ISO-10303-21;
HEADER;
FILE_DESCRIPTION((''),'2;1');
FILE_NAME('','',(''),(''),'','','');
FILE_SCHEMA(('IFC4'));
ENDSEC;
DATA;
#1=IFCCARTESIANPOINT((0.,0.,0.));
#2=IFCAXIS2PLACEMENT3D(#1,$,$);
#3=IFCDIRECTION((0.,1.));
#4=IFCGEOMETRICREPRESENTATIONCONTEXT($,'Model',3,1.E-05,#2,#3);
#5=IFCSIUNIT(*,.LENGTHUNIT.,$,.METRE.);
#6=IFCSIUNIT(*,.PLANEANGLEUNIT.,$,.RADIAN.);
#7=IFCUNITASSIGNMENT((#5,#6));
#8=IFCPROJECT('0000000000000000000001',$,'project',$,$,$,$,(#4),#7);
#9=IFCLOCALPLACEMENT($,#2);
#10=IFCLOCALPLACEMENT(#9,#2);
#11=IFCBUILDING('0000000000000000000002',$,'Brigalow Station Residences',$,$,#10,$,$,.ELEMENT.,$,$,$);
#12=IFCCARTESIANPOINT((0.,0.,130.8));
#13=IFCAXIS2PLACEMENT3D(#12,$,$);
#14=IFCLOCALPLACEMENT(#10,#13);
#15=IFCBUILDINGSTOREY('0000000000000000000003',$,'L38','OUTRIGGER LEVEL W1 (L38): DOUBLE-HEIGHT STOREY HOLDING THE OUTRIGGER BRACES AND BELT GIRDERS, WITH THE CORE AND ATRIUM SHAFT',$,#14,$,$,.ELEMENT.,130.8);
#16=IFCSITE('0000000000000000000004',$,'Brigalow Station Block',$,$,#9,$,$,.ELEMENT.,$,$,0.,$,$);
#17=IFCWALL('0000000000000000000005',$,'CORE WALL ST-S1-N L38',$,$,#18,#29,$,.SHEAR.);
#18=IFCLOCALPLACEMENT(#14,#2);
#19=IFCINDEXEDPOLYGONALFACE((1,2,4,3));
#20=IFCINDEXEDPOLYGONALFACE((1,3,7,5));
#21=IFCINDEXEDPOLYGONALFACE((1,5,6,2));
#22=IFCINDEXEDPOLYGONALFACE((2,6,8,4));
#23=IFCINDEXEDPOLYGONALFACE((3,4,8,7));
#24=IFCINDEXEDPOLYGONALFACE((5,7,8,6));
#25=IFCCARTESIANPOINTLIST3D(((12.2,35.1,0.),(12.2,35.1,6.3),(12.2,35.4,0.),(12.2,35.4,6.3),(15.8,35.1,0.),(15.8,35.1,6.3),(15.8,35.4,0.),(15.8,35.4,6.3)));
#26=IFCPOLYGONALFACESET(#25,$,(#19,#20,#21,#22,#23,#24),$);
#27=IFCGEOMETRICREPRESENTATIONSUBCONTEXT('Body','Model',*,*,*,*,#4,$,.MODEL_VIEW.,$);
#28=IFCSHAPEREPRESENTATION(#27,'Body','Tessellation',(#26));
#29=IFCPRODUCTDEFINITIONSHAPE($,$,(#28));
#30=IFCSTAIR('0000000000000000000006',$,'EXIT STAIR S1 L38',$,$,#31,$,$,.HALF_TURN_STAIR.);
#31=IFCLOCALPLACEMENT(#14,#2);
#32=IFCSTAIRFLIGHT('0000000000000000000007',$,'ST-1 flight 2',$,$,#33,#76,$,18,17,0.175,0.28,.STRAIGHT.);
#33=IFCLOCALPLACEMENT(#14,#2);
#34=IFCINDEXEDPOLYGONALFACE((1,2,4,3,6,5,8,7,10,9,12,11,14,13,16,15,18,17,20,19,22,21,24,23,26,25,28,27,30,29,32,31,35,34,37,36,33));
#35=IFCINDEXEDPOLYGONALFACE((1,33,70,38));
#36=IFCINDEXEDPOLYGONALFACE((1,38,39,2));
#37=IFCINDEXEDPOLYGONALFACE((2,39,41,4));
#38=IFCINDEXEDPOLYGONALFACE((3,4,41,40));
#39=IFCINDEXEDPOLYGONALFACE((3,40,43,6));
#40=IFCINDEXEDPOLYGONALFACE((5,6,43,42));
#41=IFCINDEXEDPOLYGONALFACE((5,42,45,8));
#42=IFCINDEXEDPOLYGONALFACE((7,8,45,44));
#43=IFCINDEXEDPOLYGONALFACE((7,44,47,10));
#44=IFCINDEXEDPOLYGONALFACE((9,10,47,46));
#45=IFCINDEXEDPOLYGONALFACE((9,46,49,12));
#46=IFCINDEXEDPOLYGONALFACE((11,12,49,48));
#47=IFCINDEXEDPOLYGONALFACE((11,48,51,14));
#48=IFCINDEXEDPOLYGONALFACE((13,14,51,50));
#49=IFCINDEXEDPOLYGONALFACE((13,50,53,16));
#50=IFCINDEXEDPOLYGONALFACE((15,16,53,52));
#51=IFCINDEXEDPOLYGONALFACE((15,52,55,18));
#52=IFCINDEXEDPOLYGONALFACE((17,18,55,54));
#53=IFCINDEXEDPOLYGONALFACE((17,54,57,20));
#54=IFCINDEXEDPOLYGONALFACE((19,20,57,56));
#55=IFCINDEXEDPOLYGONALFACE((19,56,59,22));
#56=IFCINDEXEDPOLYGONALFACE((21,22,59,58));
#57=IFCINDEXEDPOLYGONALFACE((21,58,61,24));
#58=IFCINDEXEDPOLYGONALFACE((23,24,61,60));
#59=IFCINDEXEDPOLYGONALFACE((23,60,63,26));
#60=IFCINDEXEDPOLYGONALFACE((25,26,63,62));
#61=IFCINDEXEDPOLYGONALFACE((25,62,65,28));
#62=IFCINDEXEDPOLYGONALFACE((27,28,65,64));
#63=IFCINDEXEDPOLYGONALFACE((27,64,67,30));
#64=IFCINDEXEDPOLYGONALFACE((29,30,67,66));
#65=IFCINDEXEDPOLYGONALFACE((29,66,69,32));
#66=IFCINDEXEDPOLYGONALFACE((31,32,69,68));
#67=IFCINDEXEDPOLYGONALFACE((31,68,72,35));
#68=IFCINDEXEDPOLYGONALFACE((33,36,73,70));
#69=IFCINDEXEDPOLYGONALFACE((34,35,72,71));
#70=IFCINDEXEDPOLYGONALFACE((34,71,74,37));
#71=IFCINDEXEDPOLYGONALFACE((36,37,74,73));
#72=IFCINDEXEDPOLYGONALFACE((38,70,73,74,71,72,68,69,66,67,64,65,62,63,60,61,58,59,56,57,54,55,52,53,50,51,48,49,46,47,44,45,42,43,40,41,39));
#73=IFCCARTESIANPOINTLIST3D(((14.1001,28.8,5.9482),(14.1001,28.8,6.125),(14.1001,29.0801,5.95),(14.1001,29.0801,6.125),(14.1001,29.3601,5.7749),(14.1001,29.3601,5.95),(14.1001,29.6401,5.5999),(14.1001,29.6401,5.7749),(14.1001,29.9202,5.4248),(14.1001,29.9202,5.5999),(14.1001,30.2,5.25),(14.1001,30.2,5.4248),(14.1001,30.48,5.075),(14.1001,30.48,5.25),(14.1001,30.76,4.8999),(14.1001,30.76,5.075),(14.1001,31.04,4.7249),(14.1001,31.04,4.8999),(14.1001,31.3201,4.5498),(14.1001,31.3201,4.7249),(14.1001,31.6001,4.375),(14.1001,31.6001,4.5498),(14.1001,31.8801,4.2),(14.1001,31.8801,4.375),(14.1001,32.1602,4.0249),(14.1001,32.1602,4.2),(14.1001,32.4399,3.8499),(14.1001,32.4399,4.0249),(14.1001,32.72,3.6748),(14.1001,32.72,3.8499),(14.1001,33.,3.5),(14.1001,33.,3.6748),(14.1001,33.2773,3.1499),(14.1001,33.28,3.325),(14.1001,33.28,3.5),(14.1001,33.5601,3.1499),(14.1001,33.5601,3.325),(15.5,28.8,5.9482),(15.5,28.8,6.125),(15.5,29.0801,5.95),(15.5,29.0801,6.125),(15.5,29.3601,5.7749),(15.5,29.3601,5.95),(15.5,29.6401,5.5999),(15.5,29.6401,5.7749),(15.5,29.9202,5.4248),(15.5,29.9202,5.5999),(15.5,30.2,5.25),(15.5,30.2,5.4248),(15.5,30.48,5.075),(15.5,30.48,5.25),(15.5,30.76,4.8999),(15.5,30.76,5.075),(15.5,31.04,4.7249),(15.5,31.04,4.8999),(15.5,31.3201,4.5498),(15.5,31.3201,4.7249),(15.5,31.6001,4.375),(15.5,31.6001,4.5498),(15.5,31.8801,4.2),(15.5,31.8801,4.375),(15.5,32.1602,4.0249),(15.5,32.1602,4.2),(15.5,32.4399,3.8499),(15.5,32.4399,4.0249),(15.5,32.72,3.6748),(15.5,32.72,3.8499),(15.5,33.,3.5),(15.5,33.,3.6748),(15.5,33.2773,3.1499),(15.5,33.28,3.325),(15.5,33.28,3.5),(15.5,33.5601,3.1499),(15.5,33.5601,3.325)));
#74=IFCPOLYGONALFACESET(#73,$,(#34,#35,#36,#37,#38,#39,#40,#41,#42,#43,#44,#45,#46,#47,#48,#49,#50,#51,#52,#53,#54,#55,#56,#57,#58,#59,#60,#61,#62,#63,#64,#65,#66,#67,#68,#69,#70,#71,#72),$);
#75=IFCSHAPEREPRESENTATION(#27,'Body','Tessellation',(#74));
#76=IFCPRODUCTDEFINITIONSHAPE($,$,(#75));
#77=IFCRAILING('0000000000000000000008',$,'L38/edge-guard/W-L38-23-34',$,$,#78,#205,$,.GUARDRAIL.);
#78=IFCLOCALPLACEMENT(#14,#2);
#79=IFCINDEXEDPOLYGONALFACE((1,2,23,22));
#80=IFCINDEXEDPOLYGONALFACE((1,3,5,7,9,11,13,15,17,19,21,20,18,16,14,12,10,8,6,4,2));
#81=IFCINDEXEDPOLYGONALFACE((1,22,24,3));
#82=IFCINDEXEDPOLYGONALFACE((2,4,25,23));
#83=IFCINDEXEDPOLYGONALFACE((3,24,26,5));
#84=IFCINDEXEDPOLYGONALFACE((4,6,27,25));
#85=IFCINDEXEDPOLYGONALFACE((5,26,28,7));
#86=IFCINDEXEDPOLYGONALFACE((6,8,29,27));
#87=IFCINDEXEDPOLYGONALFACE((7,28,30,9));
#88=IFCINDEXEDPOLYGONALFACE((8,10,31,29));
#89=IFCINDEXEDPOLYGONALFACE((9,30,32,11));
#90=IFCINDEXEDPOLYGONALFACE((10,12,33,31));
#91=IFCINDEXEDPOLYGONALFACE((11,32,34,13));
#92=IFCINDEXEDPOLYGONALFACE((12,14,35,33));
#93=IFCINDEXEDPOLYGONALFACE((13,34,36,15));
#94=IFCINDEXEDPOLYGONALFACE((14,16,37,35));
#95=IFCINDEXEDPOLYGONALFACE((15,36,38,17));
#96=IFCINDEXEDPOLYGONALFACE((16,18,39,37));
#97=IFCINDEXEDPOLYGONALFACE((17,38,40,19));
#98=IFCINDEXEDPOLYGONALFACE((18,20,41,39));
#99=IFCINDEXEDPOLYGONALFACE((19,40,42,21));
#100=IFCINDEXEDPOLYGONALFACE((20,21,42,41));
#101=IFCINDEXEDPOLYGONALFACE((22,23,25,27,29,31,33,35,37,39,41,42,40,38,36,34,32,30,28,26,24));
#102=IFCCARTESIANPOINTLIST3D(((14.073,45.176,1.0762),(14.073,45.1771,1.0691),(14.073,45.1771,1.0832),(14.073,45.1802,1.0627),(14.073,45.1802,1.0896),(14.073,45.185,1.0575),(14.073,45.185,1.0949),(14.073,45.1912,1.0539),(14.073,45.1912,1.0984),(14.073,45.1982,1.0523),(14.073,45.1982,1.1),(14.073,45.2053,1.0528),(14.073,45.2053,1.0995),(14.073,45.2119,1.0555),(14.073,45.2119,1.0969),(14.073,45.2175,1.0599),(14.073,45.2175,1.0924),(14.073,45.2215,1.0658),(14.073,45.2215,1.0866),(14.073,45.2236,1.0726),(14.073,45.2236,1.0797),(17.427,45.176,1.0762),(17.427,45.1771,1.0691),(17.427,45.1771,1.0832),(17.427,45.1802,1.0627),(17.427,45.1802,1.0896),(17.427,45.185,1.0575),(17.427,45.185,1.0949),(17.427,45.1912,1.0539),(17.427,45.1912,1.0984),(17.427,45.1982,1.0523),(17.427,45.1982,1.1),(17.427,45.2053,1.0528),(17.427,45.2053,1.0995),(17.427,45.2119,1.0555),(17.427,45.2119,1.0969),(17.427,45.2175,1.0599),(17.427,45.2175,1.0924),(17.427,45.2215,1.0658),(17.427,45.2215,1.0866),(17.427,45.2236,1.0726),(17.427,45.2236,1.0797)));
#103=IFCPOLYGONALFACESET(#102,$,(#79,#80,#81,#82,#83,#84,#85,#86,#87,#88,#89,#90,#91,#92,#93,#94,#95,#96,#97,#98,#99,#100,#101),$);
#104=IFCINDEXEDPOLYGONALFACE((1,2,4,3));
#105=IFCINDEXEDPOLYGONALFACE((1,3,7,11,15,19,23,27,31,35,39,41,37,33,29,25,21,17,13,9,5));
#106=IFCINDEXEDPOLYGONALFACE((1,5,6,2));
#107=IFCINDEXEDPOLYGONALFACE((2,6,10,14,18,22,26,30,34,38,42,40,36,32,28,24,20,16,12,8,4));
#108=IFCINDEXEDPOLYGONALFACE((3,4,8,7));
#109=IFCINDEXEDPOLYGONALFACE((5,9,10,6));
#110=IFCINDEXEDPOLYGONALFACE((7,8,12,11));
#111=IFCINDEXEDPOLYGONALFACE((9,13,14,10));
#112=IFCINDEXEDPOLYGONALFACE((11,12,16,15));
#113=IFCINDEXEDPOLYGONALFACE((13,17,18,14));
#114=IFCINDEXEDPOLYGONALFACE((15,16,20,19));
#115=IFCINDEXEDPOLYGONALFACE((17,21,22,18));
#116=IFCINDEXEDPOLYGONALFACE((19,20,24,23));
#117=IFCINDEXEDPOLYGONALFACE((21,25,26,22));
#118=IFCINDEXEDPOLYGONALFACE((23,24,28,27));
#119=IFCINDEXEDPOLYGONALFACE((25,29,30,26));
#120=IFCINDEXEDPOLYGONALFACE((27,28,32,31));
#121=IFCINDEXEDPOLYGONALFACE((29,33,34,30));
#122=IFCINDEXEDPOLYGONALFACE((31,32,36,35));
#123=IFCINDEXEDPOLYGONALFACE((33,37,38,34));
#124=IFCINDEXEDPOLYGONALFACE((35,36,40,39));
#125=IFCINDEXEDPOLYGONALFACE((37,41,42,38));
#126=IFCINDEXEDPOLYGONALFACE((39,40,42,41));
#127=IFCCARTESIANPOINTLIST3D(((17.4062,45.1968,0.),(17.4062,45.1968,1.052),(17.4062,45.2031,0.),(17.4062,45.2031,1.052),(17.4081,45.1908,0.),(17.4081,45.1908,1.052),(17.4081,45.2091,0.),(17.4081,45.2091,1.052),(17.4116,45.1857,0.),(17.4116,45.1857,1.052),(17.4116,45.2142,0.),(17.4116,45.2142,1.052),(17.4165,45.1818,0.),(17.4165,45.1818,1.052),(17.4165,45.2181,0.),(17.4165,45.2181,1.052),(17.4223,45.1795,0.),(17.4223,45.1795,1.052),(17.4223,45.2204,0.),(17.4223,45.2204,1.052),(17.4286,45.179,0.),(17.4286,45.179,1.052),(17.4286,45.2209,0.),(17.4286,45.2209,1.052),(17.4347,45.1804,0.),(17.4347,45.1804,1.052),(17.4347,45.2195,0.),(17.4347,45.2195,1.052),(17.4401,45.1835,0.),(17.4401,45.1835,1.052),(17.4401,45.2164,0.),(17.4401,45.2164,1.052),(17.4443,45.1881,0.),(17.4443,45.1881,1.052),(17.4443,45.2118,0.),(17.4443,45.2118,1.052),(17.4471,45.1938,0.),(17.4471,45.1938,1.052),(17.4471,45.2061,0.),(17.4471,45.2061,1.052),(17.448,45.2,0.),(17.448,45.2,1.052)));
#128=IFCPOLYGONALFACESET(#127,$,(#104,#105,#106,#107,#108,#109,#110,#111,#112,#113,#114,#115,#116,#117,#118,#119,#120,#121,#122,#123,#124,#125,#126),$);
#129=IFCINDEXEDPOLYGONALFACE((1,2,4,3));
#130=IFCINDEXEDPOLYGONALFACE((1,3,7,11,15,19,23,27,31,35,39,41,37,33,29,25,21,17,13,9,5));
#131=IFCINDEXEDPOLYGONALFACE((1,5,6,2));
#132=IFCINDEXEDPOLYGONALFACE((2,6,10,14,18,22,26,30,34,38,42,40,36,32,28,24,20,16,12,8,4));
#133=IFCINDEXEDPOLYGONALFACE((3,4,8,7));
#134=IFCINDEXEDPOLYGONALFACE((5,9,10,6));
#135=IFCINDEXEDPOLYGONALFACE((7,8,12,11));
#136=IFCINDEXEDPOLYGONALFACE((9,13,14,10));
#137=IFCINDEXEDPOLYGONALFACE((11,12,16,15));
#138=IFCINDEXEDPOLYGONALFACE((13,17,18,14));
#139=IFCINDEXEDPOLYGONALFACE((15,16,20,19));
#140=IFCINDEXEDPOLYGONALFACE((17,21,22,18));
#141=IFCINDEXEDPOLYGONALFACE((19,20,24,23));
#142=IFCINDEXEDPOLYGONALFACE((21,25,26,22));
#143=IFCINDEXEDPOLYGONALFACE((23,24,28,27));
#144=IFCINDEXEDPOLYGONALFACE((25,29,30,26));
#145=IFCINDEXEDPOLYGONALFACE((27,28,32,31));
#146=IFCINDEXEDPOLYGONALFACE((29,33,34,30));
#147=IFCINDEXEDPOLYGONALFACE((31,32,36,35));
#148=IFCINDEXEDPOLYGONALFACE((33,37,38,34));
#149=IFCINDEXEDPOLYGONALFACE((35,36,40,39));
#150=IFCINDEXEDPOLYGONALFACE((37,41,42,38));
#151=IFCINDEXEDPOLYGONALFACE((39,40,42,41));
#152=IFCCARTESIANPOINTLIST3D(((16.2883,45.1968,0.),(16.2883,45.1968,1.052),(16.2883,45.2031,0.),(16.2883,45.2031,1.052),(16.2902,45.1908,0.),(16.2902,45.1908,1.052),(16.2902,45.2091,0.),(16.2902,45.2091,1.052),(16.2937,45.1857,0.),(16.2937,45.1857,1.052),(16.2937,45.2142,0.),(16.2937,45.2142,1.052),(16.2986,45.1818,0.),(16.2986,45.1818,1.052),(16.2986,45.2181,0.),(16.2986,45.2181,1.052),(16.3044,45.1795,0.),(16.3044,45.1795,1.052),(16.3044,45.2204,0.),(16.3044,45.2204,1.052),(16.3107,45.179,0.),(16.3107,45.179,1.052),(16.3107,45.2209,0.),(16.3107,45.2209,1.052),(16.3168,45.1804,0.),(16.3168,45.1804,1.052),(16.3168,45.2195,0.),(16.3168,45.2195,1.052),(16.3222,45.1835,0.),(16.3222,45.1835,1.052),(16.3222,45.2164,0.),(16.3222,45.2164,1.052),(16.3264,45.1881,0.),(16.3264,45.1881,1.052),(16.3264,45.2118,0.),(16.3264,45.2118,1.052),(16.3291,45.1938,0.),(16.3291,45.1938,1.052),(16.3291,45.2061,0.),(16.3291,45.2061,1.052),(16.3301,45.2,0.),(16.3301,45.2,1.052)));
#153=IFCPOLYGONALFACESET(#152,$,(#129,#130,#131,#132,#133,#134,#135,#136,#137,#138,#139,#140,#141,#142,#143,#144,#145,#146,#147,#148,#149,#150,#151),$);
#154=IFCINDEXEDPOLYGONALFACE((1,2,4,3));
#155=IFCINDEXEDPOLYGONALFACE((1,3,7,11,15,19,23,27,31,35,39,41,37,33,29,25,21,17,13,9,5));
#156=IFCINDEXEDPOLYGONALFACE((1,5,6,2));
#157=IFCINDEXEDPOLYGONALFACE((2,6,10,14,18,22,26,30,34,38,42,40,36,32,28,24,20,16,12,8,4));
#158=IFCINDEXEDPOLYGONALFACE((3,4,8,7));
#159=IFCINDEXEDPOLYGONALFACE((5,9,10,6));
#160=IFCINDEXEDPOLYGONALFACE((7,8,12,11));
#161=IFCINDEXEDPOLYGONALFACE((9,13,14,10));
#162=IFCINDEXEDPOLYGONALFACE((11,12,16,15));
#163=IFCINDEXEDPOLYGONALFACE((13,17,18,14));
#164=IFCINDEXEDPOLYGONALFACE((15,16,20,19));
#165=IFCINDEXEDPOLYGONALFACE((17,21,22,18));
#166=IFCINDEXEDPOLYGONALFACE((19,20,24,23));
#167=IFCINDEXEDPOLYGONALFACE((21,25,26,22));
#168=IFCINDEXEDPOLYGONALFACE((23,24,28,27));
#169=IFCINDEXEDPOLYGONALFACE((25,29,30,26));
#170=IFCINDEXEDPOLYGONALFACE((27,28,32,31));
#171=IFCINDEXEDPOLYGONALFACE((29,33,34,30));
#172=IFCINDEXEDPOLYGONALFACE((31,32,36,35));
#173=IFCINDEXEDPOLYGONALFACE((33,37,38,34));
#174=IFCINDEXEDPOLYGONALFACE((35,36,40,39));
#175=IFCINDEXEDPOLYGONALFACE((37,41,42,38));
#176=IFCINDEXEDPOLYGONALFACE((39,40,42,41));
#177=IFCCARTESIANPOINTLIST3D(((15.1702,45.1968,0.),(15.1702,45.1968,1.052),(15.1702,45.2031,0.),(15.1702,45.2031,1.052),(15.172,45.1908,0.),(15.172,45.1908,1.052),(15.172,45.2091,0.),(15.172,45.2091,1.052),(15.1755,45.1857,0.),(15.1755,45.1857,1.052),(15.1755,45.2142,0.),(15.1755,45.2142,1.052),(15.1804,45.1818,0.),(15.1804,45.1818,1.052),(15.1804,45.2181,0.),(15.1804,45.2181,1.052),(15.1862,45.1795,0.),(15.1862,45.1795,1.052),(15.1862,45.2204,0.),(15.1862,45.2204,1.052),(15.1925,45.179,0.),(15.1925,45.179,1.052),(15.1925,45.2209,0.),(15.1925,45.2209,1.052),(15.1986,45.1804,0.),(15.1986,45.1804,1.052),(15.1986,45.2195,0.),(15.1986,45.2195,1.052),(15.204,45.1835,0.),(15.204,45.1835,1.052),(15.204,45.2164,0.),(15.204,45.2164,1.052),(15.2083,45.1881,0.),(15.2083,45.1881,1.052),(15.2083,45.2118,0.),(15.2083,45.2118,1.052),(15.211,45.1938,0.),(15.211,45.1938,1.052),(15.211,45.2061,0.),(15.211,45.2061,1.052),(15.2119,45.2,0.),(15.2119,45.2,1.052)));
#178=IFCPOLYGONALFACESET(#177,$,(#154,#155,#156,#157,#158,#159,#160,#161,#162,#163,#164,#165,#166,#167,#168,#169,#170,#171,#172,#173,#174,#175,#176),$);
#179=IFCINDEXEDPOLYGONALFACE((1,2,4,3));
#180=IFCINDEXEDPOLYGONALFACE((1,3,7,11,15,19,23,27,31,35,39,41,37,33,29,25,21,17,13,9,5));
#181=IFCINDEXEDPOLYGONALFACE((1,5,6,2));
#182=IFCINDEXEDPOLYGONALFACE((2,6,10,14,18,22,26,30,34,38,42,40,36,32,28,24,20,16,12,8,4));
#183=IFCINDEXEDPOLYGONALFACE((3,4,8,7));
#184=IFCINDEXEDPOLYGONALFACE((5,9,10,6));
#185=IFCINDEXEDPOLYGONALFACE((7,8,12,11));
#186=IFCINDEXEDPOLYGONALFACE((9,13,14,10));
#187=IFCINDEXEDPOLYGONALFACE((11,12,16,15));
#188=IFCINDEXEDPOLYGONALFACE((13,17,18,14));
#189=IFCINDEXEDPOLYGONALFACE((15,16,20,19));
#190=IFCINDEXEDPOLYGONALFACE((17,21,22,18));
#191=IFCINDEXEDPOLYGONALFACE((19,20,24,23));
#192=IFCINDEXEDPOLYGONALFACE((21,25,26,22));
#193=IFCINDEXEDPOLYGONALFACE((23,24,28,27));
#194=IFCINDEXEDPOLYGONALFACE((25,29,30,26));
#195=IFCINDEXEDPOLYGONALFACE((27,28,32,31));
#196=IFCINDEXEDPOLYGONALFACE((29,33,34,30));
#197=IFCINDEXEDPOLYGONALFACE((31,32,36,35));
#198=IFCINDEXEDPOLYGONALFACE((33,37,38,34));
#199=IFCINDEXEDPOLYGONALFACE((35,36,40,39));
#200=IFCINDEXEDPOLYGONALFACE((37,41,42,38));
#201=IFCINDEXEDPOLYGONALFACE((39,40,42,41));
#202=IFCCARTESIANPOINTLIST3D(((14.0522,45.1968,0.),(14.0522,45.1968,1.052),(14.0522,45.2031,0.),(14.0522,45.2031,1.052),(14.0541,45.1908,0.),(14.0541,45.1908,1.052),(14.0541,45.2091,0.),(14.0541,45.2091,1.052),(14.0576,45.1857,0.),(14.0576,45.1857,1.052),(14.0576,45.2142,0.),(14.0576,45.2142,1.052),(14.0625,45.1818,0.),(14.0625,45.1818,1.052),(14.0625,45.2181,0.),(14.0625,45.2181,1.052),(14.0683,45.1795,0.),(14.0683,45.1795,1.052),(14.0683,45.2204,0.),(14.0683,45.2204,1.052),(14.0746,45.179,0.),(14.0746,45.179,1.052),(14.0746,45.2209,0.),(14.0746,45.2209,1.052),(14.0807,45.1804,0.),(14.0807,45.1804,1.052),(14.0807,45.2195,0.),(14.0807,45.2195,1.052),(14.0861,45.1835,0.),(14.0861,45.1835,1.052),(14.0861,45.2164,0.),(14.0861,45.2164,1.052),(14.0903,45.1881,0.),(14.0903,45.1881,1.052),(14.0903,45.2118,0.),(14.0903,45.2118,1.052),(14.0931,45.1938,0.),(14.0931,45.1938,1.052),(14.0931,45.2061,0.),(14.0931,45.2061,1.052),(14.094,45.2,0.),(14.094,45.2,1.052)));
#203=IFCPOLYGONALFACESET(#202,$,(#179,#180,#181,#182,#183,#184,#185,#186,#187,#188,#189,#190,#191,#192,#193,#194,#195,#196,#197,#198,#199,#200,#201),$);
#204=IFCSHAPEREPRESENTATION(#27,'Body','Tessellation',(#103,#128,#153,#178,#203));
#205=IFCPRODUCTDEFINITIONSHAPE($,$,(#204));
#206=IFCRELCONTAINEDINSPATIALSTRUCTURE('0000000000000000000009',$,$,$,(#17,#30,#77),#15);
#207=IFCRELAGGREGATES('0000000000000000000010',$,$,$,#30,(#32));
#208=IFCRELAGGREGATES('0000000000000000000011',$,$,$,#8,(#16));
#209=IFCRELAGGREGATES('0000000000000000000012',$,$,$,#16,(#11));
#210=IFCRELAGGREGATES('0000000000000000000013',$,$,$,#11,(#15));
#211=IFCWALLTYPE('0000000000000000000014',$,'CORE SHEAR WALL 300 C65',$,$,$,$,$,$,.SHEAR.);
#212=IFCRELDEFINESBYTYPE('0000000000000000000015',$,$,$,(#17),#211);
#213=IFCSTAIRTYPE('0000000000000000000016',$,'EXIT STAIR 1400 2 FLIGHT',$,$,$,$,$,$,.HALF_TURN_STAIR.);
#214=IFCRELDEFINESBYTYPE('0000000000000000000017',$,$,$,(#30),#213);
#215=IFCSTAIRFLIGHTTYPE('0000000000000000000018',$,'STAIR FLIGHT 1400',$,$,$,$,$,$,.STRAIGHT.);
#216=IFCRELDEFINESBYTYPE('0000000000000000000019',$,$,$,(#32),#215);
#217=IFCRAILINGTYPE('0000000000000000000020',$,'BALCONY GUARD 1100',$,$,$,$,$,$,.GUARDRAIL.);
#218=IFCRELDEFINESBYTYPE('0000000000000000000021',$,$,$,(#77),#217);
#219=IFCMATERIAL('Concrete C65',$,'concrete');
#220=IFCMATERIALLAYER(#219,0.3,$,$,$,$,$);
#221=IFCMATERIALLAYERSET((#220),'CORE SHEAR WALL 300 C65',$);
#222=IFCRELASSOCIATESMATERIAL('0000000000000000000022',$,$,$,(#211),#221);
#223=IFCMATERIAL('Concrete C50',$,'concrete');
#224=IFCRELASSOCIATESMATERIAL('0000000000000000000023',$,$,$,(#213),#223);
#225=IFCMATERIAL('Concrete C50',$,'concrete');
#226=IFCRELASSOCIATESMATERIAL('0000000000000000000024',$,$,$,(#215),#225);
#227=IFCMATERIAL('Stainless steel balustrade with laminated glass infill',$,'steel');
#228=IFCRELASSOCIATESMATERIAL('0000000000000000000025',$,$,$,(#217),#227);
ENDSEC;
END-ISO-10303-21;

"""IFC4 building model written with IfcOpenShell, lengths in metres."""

from ifc_helpers import new_model, si_unit, direction, frame, frame_2d, origin, origin_2d, place, context, subcontext, project, spatial, polyline, rectangle, circle, outline, extrude, material, layer, layer_set, type_object, element, aggregate, save


model = new_model("IFC4")

# Units and contexts
model_context = context("Model", 3, precision=1e-05, world=origin(), true_north=direction((0.0, 1.0)))
body_context = subcontext(model_context, "Body", "Model", "MODEL_VIEW")
ifc_project = project(units=[si_unit("LENGTHUNIT", "METRE"), si_unit("PLANEANGLEUNIT", "RADIAN")], contexts=[model_context])

# Site, building, storey
site_placement = place(None, origin())
site = spatial("IfcSite", under=ifc_project, at=site_placement, Name="Brigalow Station Block", CompositionType="ELEMENT", RefElevation=0.0)
building_placement = place(site_placement, origin())
building = spatial("IfcBuilding", under=site, at=building_placement, Name="Brigalow Station Residences", CompositionType="ELEMENT")
storey_placement = place(building_placement, frame((0.0, 0.0, 130.8)))
storey = spatial("IfcBuildingStorey", under=building, at=storey_placement, Name="L38", Description="OUTRIGGER LEVEL W1 (L38): DOUBLE-HEIGHT STOREY HOLDING THE OUTRIGGER BRACES AND BELT GIRDERS, WITH THE CORE AND ATRIUM SHAFT", CompositionType="ELEMENT", Elevation=130.8)

# Wall
ifc_material_1 = material(Name="Concrete C65", Category="concrete")
ifc_layer = layer(ifc_material_1, 0.3)
ifc_layer_set = layer_set([ifc_layer], Name="CORE SHEAR WALL 300 C65")
wall_type = type_object("IfcWallType", Name="CORE SHEAR WALL 300 C65", PredefinedType="SHEAR", material=ifc_layer_set)
wall_placement = place(storey_placement, frame((12.2, 35.25, 0.0), z_axis=(0.0, 0.0, 1.0), x_axis=(1.0, 0.0, 0.0)))
element("IfcWall", 1, at=wall_placement, inside=storey, type_object=wall_type, Name="CORE WALL ST-S1-N L38", PredefinedType="SHEAR", context=body_context, shape_type="SweptSolid", body=[
    extrude(rectangle(XDim=3.6001, YDim=0.3, at=frame_2d((1.8, 0.0))), origin(), (0.0, 0.0, 1.0), 6.3),
])

# Stair, stair flight
ifc_material_2 = material(Name="Concrete C50", Category="concrete")
stair_type = type_object("IfcStairType", Name="EXIT STAIR 1400 2 FLIGHT", PredefinedType="HALF_TURN_STAIR", material=ifc_material_2)
stair_placement = place(storey_placement, origin())
stair = element("IfcStair", 2, at=stair_placement, inside=storey, type_object=stair_type, Name="EXIT STAIR S1 L38", PredefinedType="HALF_TURN_STAIR")
ifc_material_3 = material(Name="Concrete C50", Category="concrete")
stair_flight_type = type_object("IfcStairFlightType", Name="STAIR FLIGHT 1400", PredefinedType="STRAIGHT", material=ifc_material_3)
stair_flight_placement = place(storey_placement, frame((14.8, 33.5601, 3.1499), z_axis=(0.0, 0.0, 1.0), x_axis=(0.0, -1.0, 0.0)))
stair_flight = element("IfcStairFlight", 3, at=stair_flight_placement, type_object=stair_flight_type, Name="ST-1 flight 2", NumberOfRisers=18, NumberOfTreads=17, PredefinedType="STRAIGHT", RiserHeight=0.175, TreadLength=0.28, context=body_context, shape_type="SweptSolid", body=[
    extrude(outline(polyline([(0.0, 0.0), (0.0, 0.175), (0.28, 0.175), (0.28, 0.3501), (0.5601, 0.3501), (0.5601, 0.5249), (0.8401, 0.5249), (0.8401, 0.7), (1.1201, 0.7), (1.1201, 0.875), (1.3999, 0.875), (1.3999, 1.05), (1.6799, 1.05), (1.6799, 1.2251), (1.96, 1.2251), (1.96, 1.3999), (2.24, 1.3999), (2.24, 1.575), (2.52, 1.575), (2.52, 1.75), (2.8, 1.75), (2.8, 1.925), (3.0801, 1.925), (3.0801, 2.1001), (3.3601, 2.1001), (3.3601, 2.2749), (3.6399, 2.2749), (3.6399, 2.45), (3.9199, 2.45), (3.9199, 2.625), (4.2, 2.625), (4.2, 2.8), (4.48, 2.8), (4.48, 2.9751), (4.76, 2.9751), (4.76, 3.1499), (4.76, 2.7983), (0.2827, 0.0), (0.0, 0.0)])), frame((0.0, 0.7, 0.0), z_axis=(0.0, -1.0, 0.0), x_axis=(1.0, 0.0, 0.0)), (0.0, 0.0, 1.0), 1.3999),
])
aggregate(stair, [stair_flight])

# Railing
ifc_material_4 = material(Name="Stainless steel balustrade with laminated glass infill", Category="steel")
railing_type_1 = type_object("IfcRailingType", Name="BALCONY GUARD 1100", PredefinedType="GUARDRAIL", material=ifc_material_4)
railing_1_placement = place(storey_placement, frame((17.427, 45.2, 0.0)))
element("IfcRailing", 4, at=railing_1_placement, inside=storey, type_object=railing_type_1, Name="L38/edge-guard/W-L38-23-34", PredefinedType="GUARDRAIL", context=body_context, shape_type="SweptSolid", body=[
    extrude(circle(Radius=0.0239, at=origin_2d()), frame((0.0, 0.0, 1.0762), z_axis=(-1.0, 0.0, 0.0), x_axis=(0.0, -1.0, 0.0)), (0.0, 0.0, 1.0), 3.354),
    extrude(circle(Radius=0.021, at=origin_2d()), origin(), (0.0, 0.0, 1.0), 1.052),
    extrude(circle(Radius=0.021, at=origin_2d()), frame((-1.1179, 0.0, 0.0)), (0.0, 0.0, 1.0), 1.052),
    extrude(circle(Radius=0.021, at=origin_2d()), frame((-2.2361, 0.0, 0.0)), (0.0, 0.0, 1.0), 1.052),
    extrude(circle(Radius=0.021, at=origin_2d()), frame((-3.354, 0.0, 0.0)), (0.0, 0.0, 1.0), 1.052),
])

save(model, "model.ifc")
